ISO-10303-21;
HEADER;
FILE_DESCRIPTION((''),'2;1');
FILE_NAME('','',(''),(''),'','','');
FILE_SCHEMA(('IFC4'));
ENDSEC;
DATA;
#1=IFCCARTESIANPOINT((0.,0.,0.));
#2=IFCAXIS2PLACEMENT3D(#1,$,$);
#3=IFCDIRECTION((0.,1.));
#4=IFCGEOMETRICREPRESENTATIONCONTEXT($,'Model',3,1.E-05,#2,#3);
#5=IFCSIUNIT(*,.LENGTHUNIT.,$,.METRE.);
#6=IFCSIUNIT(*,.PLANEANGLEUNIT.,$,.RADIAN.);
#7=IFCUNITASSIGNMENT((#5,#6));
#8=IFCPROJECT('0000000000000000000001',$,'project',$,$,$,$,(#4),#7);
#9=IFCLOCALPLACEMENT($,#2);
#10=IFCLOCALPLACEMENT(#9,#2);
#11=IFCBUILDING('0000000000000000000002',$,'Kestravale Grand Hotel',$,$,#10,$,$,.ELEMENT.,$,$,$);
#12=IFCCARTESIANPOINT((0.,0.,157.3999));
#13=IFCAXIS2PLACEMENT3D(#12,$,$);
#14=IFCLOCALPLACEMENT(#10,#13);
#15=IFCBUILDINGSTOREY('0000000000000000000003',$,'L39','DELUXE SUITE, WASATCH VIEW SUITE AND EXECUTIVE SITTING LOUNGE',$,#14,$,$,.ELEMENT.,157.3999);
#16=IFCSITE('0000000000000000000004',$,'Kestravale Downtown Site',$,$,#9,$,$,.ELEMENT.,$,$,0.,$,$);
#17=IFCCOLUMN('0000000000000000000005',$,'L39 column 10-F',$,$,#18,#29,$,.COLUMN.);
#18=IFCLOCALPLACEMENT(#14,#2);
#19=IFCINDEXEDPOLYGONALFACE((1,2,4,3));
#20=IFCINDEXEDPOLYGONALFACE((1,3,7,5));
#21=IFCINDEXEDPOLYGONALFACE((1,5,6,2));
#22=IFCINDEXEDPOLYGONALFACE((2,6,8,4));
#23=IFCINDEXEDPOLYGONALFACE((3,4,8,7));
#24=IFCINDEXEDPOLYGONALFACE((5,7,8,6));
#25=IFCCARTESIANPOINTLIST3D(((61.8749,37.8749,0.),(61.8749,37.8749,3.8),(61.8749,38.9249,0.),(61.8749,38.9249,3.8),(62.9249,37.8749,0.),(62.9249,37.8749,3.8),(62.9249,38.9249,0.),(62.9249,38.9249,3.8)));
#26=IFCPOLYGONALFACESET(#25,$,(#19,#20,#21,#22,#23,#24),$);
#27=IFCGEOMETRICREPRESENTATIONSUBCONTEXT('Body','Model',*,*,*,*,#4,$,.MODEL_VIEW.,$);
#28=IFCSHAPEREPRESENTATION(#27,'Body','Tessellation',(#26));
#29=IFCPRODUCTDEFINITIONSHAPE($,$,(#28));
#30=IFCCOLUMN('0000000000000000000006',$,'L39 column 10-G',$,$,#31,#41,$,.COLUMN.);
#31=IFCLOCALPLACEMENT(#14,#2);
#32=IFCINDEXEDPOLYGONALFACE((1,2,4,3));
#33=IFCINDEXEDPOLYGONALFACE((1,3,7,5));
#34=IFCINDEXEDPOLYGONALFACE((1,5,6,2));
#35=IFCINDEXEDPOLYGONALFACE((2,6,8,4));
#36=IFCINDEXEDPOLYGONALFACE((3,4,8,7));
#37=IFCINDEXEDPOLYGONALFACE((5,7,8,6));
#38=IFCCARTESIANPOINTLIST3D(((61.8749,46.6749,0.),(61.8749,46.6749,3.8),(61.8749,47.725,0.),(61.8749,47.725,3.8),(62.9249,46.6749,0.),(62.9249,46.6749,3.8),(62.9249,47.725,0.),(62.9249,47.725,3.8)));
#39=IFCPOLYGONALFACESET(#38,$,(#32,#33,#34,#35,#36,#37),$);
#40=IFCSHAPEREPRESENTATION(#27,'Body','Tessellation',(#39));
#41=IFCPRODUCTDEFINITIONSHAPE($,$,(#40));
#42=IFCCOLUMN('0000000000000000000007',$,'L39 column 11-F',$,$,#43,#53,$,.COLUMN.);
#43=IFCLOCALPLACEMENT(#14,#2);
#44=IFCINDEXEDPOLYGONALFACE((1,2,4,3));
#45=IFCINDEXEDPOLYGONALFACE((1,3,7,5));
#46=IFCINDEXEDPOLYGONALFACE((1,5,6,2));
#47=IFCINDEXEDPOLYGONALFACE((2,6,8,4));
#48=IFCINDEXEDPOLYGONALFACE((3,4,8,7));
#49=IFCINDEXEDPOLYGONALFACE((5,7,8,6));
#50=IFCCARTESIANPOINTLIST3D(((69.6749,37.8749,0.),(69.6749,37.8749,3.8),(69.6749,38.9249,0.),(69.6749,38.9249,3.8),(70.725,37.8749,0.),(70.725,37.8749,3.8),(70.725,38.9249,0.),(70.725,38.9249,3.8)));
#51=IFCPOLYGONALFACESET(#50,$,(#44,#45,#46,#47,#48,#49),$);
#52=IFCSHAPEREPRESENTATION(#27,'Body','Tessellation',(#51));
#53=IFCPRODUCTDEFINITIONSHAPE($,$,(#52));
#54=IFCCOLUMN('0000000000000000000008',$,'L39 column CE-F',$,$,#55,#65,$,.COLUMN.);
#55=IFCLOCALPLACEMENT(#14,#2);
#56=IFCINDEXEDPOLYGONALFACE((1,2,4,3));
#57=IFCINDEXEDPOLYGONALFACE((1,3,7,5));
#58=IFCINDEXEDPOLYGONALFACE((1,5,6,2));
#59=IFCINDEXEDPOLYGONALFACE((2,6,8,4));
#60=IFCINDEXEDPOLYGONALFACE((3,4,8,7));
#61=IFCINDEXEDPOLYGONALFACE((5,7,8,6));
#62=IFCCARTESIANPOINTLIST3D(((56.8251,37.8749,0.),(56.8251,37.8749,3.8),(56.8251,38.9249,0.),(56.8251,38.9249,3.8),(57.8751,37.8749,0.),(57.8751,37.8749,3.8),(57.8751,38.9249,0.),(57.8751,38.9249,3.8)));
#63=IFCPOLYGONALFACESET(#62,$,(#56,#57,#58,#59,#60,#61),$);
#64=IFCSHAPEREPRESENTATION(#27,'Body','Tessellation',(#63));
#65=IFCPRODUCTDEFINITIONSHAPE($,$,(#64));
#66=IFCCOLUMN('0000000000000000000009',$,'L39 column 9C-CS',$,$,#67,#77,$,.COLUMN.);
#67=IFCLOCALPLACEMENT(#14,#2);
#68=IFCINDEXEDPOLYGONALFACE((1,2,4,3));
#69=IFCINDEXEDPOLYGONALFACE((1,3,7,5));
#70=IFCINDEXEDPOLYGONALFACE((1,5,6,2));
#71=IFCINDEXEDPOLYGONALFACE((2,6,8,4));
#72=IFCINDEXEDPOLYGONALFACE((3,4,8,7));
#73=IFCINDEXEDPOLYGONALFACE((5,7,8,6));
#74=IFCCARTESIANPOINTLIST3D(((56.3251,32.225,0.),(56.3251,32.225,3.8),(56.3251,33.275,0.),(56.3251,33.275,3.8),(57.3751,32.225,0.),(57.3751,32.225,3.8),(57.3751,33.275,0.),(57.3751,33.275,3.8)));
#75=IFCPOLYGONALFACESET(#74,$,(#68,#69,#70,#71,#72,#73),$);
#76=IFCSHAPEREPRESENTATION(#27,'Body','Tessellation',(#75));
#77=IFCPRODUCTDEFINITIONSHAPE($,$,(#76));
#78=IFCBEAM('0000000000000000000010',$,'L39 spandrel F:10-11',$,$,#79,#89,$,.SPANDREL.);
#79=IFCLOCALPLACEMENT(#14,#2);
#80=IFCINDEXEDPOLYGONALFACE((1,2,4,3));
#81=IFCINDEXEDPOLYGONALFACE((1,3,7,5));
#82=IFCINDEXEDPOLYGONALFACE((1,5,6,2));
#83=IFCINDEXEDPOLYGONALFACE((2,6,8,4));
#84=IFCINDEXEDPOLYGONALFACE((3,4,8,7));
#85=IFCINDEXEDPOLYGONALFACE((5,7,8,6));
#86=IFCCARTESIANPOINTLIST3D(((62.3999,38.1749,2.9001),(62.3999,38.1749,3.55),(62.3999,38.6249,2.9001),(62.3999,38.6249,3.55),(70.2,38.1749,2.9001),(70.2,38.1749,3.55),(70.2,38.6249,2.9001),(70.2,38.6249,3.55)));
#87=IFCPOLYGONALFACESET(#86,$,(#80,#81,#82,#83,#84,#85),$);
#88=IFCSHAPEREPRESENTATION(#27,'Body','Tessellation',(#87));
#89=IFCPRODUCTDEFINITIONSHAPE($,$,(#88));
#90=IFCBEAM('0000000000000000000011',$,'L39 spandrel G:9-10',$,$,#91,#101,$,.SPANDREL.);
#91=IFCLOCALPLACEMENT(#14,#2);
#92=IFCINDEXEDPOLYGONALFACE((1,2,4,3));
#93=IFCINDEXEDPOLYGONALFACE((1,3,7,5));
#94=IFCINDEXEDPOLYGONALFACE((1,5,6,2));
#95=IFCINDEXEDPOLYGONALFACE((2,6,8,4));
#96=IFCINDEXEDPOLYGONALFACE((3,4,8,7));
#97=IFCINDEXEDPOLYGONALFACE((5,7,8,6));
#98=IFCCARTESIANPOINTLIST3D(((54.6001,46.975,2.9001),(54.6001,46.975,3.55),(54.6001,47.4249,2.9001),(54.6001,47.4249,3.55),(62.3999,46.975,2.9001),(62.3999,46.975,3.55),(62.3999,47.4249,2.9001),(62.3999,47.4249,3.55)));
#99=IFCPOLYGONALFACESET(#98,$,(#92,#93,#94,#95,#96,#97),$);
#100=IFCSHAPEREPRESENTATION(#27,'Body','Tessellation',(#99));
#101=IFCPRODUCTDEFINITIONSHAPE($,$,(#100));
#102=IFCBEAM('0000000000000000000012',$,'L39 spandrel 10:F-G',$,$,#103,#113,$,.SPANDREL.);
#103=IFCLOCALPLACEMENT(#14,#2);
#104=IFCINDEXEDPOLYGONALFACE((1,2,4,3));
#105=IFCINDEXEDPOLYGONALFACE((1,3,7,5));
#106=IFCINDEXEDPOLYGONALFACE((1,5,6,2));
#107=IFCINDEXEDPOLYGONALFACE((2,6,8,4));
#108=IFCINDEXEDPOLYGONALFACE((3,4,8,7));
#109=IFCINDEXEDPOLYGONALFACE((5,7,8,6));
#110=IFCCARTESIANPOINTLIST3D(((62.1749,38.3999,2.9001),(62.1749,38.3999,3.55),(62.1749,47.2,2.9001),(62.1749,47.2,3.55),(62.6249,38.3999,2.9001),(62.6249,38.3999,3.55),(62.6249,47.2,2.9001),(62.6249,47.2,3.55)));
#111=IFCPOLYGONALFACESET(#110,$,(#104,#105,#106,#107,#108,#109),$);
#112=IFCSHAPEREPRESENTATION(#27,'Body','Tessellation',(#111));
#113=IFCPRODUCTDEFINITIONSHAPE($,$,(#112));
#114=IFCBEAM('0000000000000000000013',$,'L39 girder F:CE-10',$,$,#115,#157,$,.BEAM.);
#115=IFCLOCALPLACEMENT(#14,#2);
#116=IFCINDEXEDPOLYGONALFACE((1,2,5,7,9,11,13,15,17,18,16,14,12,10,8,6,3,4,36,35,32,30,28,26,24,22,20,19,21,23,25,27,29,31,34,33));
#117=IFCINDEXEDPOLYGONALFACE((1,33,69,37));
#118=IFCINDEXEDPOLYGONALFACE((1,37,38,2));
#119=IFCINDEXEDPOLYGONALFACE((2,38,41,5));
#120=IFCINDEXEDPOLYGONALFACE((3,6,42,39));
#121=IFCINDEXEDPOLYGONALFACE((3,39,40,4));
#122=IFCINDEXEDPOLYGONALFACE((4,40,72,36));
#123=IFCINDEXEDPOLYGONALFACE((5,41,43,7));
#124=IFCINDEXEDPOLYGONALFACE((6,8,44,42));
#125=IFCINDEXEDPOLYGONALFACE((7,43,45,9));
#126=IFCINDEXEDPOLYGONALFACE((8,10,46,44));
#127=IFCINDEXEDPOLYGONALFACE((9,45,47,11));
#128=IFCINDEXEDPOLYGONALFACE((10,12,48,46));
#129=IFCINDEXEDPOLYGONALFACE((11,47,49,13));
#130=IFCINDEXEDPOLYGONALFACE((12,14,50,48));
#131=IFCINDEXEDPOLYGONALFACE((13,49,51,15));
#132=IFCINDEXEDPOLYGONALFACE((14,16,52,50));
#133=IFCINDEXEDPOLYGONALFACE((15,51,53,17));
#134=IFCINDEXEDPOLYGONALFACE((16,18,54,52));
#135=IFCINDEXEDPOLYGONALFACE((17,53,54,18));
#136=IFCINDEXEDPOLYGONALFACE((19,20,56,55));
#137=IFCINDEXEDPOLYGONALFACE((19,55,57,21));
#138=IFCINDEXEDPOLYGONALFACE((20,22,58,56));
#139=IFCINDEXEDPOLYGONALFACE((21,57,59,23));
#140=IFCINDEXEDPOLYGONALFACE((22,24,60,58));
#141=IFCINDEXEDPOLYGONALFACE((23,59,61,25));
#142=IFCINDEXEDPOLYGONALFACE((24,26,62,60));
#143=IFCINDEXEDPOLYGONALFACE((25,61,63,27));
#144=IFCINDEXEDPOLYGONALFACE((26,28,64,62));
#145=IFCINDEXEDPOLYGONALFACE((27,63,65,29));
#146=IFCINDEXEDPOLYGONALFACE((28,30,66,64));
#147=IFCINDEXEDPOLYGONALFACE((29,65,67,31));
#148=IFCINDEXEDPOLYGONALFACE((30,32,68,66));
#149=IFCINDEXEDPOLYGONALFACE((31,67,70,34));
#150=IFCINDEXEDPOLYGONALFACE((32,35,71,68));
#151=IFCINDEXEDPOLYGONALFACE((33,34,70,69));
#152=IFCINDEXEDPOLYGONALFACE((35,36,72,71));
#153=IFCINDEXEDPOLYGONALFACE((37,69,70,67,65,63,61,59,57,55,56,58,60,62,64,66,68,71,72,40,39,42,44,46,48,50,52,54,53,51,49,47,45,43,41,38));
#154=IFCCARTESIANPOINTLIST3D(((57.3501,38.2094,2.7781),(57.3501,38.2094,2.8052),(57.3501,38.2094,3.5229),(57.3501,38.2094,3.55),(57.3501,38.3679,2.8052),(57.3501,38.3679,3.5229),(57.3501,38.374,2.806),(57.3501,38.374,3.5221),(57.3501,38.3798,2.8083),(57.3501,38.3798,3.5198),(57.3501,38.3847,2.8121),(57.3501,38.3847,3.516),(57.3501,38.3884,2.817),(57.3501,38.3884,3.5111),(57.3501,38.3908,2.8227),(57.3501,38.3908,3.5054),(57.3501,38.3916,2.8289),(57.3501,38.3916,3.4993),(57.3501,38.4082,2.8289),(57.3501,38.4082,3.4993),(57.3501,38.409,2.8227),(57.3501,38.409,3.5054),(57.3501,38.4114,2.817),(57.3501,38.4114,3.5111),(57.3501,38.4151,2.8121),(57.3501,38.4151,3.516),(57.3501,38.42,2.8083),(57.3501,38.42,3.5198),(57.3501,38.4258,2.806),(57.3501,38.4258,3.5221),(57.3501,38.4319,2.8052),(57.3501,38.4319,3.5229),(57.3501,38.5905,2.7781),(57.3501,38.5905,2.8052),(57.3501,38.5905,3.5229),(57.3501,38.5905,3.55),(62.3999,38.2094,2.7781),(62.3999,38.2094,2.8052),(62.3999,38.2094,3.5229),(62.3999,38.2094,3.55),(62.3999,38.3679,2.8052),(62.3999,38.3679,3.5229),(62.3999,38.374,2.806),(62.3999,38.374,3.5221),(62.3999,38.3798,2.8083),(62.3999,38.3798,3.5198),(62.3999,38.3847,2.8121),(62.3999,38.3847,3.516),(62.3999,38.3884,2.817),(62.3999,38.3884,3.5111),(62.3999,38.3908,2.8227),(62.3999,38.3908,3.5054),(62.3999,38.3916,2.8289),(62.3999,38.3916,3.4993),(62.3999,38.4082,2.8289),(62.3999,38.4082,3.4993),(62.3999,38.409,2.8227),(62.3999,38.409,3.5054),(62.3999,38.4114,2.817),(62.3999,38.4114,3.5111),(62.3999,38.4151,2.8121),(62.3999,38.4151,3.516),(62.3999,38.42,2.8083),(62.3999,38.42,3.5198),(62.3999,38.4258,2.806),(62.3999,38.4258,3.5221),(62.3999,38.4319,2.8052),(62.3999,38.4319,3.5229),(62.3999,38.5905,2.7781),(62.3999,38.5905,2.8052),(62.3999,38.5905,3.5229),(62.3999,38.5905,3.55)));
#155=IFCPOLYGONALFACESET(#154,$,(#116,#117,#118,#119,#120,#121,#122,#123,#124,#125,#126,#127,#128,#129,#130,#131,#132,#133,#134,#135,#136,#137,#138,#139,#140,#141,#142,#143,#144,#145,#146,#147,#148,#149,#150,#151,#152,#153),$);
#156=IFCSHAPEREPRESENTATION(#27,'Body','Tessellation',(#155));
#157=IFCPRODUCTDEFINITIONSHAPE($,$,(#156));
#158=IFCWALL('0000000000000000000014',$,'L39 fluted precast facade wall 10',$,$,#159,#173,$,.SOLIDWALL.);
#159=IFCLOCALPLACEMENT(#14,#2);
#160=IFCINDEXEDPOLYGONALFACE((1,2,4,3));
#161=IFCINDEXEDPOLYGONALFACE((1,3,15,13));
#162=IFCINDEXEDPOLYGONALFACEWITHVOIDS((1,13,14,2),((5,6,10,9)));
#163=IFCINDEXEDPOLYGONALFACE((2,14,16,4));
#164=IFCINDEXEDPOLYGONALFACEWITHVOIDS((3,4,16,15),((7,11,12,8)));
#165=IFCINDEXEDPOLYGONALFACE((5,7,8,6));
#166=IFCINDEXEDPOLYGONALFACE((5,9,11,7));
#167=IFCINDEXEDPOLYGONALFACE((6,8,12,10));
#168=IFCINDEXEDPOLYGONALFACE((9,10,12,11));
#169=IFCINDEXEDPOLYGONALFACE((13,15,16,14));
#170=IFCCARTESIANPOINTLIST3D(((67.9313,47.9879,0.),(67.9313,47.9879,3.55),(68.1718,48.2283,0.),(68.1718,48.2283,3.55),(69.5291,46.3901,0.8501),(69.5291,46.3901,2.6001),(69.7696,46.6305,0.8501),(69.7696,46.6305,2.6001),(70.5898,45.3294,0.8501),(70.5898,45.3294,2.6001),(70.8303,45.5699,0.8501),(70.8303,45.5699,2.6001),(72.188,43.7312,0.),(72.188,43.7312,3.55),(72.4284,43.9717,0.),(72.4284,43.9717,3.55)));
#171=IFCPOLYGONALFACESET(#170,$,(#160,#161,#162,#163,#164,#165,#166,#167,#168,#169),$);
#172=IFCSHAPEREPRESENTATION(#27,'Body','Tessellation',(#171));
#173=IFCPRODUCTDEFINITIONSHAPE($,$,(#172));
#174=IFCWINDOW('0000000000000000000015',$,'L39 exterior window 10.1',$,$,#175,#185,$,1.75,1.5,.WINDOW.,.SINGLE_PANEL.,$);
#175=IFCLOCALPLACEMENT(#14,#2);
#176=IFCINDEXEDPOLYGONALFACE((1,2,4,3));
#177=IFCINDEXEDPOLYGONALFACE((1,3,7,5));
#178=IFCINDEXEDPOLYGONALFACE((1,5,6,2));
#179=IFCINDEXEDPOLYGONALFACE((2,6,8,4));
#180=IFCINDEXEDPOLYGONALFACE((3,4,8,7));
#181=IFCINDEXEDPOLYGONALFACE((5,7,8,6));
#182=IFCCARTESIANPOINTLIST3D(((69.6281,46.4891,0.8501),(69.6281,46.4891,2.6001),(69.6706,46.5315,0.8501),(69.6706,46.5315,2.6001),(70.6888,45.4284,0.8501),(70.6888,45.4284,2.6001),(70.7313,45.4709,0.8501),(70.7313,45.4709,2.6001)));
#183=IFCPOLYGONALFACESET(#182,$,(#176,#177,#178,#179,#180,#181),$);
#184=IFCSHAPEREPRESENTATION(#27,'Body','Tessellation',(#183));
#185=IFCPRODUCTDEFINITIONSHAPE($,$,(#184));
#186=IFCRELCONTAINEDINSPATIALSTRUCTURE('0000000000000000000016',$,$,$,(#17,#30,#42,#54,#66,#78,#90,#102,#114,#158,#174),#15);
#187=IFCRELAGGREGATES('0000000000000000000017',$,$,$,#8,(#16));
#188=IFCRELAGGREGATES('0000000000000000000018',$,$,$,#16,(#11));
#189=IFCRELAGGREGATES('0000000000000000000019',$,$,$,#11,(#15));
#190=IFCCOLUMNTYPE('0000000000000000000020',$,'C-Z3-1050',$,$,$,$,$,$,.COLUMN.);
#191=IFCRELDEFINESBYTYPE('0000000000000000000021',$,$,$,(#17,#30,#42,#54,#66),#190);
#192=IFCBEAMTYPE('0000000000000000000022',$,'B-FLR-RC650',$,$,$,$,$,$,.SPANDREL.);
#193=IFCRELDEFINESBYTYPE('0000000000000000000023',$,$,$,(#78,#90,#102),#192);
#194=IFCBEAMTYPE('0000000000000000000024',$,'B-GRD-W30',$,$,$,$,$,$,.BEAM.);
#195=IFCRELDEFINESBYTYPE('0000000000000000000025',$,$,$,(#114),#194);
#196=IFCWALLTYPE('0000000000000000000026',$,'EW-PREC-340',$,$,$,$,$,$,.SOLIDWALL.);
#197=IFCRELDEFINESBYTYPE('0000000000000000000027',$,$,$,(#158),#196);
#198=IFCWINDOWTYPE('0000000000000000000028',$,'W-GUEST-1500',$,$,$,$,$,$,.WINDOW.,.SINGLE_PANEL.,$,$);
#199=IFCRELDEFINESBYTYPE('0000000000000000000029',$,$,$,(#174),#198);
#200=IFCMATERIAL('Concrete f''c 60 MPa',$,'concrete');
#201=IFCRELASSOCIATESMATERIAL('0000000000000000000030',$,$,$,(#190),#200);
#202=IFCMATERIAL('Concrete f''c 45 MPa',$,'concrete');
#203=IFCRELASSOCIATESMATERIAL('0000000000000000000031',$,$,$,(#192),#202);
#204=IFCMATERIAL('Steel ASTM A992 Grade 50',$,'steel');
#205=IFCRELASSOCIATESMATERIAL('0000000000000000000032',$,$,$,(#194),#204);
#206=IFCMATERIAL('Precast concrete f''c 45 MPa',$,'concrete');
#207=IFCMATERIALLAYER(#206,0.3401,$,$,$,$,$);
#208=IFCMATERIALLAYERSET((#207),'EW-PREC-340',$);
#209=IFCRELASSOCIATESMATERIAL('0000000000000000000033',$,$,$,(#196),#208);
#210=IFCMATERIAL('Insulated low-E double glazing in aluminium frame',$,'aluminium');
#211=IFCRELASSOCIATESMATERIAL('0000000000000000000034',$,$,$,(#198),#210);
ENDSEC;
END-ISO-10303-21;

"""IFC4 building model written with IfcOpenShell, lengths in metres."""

from ifc_helpers import new_model, si_unit, direction, frame, frame_2d, origin, origin_2d, place, context, subcontext, project, spatial, rectangle, i_section, extrude, material, layer, layer_set, material_profile, profile_set, type_object, element, fill, save


model = new_model("IFC4")

# Units and contexts
model_context = context("Model", 3, precision=1e-05, world=origin(), true_north=direction((0.0, 1.0)))
body_context = subcontext(model_context, "Body", "Model", "MODEL_VIEW")
ifc_project = project(units=[si_unit("LENGTHUNIT", "METRE"), si_unit("PLANEANGLEUNIT", "RADIAN")], contexts=[model_context])

# Site, building, storey
site_placement = place(None, origin())
site = spatial("IfcSite", under=ifc_project, at=site_placement, Name="Kestravale Downtown Site", CompositionType="ELEMENT", RefElevation=0.0)
building_placement = place(site_placement, origin())
building = spatial("IfcBuilding", under=site, at=building_placement, Name="Kestravale Grand Hotel", CompositionType="ELEMENT")
storey_placement = place(building_placement, frame((0.0, 0.0, 157.3999)))
storey = spatial("IfcBuildingStorey", under=building, at=storey_placement, Name="L39", Description="DELUXE SUITE, WASATCH VIEW SUITE AND EXECUTIVE SITTING LOUNGE", CompositionType="ELEMENT", Elevation=157.3999)

# Columns
ifc_material_1 = material(Name="Concrete f'c 60 MPa", Category="concrete")
ifc_material_profile_1 = material_profile(ifc_material_1, rectangle(XDim=1.05, YDim=1.05, at=origin_2d()))
ifc_profile_set_1 = profile_set([ifc_material_profile_1], Name="Concrete f'c 60 MPa")
column_type = type_object("IfcColumnType", Name="C-Z3-1050", PredefinedType="COLUMN", material=ifc_profile_set_1)
for number, where, z_axis, x_axis, name in (
    (1, (62.3999, 38.3999, 0.0), (0.0, 0.0, 1.0), (1.0, 0.0, 0.0), "L39 column 10-F"),
    (2, (62.3999, 47.2, 0.0), (0.0, 0.0, 1.0), (1.0, 0.0, 0.0), "L39 column 10-G"),
    (3, (70.2, 38.3999, 0.0), (0.0, 0.0, 1.0), (1.0, 0.0, 0.0), "L39 column 11-F"),
    (4, (57.3501, 38.3999, 0.0), (0.0, 0.0, 1.0), (1.0, 0.0, 0.0), "L39 column CE-F"),
    (5, (56.8501, 32.75, 0.0), (0.0, 0.0, 1.0), (1.0, 0.0, 0.0), "L39 column 9C-CS"),
):
    element("IfcColumn", number, at=place(storey_placement, frame(where, z_axis=z_axis, x_axis=x_axis)), inside=storey, type_object=column_type, Name=name, PredefinedType="COLUMN", context=body_context, shape_type="SweptSolid", body=[
        extrude(rectangle(XDim=1.05, YDim=1.05, at=origin_2d()), origin(), (0.0, 0.0, 1.0), 3.8),
    ])

# Beams
ifc_material_2 = material(Name="Concrete f'c 45 MPa", Category="concrete")
ifc_material_profile_2 = material_profile(ifc_material_2, rectangle(XDim=0.45, YDim=0.6499, at=origin_2d()))
ifc_profile_set_2 = profile_set([ifc_material_profile_2], Name="Concrete f'c 45 MPa")
beam_type_1 = type_object("IfcBeamType", Name="B-FLR-RC650", PredefinedType="SPANDREL", material=ifc_profile_set_2)
beam_1_placement = place(storey_placement, frame((62.3999, 38.3999, 3.2251), z_axis=(1.0, 0.0, 0.0), x_axis=(0.0, 1.0, 0.0)))
element("IfcBeam", 6, at=beam_1_placement, inside=storey, type_object=beam_type_1, Name="L39 spandrel F:10-11", PredefinedType="SPANDREL", context=body_context, shape_type="SweptSolid", body=[
    extrude(rectangle(XDim=0.45, YDim=0.6499, at=origin_2d()), origin(), (0.0, 0.0, 1.0), 7.8),
])
beam_2_placement = place(storey_placement, frame((54.6001, 47.2, 3.2251), z_axis=(1.0, 0.0, 0.0), x_axis=(0.0, 1.0, 0.0)))
element("IfcBeam", 7, at=beam_2_placement, inside=storey, type_object=beam_type_1, Name="L39 spandrel G:9-10", PredefinedType="SPANDREL", context=body_context, shape_type="SweptSolid", body=[
    extrude(rectangle(XDim=0.45, YDim=0.6499, at=origin_2d()), origin(), (0.0, 0.0, 1.0), 7.7998),
])
beam_3_placement = place(storey_placement, frame((62.3999, 38.3999, 3.2251), z_axis=(0.0, 1.0, 0.0), x_axis=(-1.0, 0.0, 0.0)))
element("IfcBeam", 8, at=beam_3_placement, inside=storey, type_object=beam_type_1, Name="L39 spandrel 10:F-G", PredefinedType="SPANDREL", context=body_context, shape_type="SweptSolid", body=[
    extrude(rectangle(XDim=0.45, YDim=0.6499, at=origin_2d()), origin(), (0.0, 0.0, 1.0), 8.8),
])
ifc_material_3 = material(Name="Steel ASTM A992 Grade 50", Category="steel")
ifc_material_profile_3 = material_profile(ifc_material_3, i_section(OverallWidth=0.3811, OverallDepth=0.772, WebThickness=0.0166, FlangeThickness=0.0271, FilletRadius=0.0237, at=origin_2d()))
ifc_profile_set_3 = profile_set([ifc_material_profile_3], Name="Steel ASTM A992 Grade 50")
beam_type_2 = type_object("IfcBeamType", Name="B-GRD-W30", PredefinedType="BEAM", material=ifc_profile_set_3)
beam_4_placement = place(storey_placement, frame((57.3501, 38.3999, 3.1641), z_axis=(1.0, 0.0, 0.0), x_axis=(0.0, 1.0, 0.0)))
element("IfcBeam", 9, at=beam_4_placement, inside=storey, type_object=beam_type_2, Name="L39 girder F:CE-10", PredefinedType="BEAM", context=body_context, shape_type="SweptSolid", body=[
    extrude(i_section(OverallWidth=0.3811, OverallDepth=0.772, WebThickness=0.0166, FlangeThickness=0.0271, FilletRadius=0.0237, at=origin_2d()), origin(), (0.0, 0.0, 1.0), 5.0498),
])

# Wall, opening, window
ifc_material_4 = material(Name="Precast concrete f'c 45 MPa", Category="concrete")
ifc_layer_1 = layer(ifc_material_4, 0.3401)
ifc_layer_set_1 = layer_set([ifc_layer_1], Name="EW-PREC-340")
wall_type_1 = type_object("IfcWallType", Name="EW-PREC-340", PredefinedType="SOLIDWALL", material=ifc_layer_set_1)
wall_1_placement = place(storey_placement, frame((72.3081, 43.8516, 0.0), z_axis=(0.0, 0.0, 1.0), x_axis=(-0.707107, 0.707107, 0.0)))
wall_1 = element("IfcWall", 10, at=wall_1_placement, inside=storey, type_object=wall_type_1, Name="L39 fluted precast facade wall 10", PredefinedType="SOLIDWALL", context=body_context, shape_type="SweptSolid", body=[
    extrude(rectangle(XDim=6.0198, YDim=0.3401, at=frame_2d((3.0098, 0.0))), origin(), (0.0, 0.0, 1.0), 3.55),
])
opening_1_placement = place(wall_1_placement, frame((2.26, 0.0, 0.8501)))
opening_1 = element("IfcOpeningElement", 11, at=opening_1_placement, cuts=wall_1, PredefinedType="OPENING", context=body_context, shape_type="SweptSolid", body=[
    extrude(rectangle(XDim=1.5, YDim=1.75, at=frame_2d((0.75, 0.875))), frame((0.0, 0.1799, 0.0), z_axis=(0.0, -1.0, 0.0), x_axis=(1.0, 0.0, 0.0)), (0.0, 0.0, 1.0), 0.3601),
])
ifc_material_5 = material(Name="Insulated low-E double glazing in aluminium frame", Category="aluminium")
window_type = type_object("IfcWindowType", Name="W-GUEST-1500", PartitioningType="SINGLE_PANEL", PredefinedType="WINDOW", material=ifc_material_5)
window_1_placement = place(opening_1_placement, origin())
window_1 = element("IfcWindow", 12, at=window_1_placement, inside=storey, type_object=window_type, Name="L39 exterior window 10.1", OverallHeight=1.75, OverallWidth=1.5, PartitioningType="SINGLE_PANEL", PredefinedType="WINDOW", context=body_context, shape_type="SweptSolid", body=[
    extrude(rectangle(XDim=1.5, YDim=1.75, at=frame_2d((0.75, 0.875))), frame((0.0, 0.03, 0.0), z_axis=(0.0, -1.0, 0.0), x_axis=(1.0, 0.0, 0.0)), (0.0, 0.0, 1.0), 0.0601),
])
fill(opening_1, window_1)

save(model, "model.ifc")
